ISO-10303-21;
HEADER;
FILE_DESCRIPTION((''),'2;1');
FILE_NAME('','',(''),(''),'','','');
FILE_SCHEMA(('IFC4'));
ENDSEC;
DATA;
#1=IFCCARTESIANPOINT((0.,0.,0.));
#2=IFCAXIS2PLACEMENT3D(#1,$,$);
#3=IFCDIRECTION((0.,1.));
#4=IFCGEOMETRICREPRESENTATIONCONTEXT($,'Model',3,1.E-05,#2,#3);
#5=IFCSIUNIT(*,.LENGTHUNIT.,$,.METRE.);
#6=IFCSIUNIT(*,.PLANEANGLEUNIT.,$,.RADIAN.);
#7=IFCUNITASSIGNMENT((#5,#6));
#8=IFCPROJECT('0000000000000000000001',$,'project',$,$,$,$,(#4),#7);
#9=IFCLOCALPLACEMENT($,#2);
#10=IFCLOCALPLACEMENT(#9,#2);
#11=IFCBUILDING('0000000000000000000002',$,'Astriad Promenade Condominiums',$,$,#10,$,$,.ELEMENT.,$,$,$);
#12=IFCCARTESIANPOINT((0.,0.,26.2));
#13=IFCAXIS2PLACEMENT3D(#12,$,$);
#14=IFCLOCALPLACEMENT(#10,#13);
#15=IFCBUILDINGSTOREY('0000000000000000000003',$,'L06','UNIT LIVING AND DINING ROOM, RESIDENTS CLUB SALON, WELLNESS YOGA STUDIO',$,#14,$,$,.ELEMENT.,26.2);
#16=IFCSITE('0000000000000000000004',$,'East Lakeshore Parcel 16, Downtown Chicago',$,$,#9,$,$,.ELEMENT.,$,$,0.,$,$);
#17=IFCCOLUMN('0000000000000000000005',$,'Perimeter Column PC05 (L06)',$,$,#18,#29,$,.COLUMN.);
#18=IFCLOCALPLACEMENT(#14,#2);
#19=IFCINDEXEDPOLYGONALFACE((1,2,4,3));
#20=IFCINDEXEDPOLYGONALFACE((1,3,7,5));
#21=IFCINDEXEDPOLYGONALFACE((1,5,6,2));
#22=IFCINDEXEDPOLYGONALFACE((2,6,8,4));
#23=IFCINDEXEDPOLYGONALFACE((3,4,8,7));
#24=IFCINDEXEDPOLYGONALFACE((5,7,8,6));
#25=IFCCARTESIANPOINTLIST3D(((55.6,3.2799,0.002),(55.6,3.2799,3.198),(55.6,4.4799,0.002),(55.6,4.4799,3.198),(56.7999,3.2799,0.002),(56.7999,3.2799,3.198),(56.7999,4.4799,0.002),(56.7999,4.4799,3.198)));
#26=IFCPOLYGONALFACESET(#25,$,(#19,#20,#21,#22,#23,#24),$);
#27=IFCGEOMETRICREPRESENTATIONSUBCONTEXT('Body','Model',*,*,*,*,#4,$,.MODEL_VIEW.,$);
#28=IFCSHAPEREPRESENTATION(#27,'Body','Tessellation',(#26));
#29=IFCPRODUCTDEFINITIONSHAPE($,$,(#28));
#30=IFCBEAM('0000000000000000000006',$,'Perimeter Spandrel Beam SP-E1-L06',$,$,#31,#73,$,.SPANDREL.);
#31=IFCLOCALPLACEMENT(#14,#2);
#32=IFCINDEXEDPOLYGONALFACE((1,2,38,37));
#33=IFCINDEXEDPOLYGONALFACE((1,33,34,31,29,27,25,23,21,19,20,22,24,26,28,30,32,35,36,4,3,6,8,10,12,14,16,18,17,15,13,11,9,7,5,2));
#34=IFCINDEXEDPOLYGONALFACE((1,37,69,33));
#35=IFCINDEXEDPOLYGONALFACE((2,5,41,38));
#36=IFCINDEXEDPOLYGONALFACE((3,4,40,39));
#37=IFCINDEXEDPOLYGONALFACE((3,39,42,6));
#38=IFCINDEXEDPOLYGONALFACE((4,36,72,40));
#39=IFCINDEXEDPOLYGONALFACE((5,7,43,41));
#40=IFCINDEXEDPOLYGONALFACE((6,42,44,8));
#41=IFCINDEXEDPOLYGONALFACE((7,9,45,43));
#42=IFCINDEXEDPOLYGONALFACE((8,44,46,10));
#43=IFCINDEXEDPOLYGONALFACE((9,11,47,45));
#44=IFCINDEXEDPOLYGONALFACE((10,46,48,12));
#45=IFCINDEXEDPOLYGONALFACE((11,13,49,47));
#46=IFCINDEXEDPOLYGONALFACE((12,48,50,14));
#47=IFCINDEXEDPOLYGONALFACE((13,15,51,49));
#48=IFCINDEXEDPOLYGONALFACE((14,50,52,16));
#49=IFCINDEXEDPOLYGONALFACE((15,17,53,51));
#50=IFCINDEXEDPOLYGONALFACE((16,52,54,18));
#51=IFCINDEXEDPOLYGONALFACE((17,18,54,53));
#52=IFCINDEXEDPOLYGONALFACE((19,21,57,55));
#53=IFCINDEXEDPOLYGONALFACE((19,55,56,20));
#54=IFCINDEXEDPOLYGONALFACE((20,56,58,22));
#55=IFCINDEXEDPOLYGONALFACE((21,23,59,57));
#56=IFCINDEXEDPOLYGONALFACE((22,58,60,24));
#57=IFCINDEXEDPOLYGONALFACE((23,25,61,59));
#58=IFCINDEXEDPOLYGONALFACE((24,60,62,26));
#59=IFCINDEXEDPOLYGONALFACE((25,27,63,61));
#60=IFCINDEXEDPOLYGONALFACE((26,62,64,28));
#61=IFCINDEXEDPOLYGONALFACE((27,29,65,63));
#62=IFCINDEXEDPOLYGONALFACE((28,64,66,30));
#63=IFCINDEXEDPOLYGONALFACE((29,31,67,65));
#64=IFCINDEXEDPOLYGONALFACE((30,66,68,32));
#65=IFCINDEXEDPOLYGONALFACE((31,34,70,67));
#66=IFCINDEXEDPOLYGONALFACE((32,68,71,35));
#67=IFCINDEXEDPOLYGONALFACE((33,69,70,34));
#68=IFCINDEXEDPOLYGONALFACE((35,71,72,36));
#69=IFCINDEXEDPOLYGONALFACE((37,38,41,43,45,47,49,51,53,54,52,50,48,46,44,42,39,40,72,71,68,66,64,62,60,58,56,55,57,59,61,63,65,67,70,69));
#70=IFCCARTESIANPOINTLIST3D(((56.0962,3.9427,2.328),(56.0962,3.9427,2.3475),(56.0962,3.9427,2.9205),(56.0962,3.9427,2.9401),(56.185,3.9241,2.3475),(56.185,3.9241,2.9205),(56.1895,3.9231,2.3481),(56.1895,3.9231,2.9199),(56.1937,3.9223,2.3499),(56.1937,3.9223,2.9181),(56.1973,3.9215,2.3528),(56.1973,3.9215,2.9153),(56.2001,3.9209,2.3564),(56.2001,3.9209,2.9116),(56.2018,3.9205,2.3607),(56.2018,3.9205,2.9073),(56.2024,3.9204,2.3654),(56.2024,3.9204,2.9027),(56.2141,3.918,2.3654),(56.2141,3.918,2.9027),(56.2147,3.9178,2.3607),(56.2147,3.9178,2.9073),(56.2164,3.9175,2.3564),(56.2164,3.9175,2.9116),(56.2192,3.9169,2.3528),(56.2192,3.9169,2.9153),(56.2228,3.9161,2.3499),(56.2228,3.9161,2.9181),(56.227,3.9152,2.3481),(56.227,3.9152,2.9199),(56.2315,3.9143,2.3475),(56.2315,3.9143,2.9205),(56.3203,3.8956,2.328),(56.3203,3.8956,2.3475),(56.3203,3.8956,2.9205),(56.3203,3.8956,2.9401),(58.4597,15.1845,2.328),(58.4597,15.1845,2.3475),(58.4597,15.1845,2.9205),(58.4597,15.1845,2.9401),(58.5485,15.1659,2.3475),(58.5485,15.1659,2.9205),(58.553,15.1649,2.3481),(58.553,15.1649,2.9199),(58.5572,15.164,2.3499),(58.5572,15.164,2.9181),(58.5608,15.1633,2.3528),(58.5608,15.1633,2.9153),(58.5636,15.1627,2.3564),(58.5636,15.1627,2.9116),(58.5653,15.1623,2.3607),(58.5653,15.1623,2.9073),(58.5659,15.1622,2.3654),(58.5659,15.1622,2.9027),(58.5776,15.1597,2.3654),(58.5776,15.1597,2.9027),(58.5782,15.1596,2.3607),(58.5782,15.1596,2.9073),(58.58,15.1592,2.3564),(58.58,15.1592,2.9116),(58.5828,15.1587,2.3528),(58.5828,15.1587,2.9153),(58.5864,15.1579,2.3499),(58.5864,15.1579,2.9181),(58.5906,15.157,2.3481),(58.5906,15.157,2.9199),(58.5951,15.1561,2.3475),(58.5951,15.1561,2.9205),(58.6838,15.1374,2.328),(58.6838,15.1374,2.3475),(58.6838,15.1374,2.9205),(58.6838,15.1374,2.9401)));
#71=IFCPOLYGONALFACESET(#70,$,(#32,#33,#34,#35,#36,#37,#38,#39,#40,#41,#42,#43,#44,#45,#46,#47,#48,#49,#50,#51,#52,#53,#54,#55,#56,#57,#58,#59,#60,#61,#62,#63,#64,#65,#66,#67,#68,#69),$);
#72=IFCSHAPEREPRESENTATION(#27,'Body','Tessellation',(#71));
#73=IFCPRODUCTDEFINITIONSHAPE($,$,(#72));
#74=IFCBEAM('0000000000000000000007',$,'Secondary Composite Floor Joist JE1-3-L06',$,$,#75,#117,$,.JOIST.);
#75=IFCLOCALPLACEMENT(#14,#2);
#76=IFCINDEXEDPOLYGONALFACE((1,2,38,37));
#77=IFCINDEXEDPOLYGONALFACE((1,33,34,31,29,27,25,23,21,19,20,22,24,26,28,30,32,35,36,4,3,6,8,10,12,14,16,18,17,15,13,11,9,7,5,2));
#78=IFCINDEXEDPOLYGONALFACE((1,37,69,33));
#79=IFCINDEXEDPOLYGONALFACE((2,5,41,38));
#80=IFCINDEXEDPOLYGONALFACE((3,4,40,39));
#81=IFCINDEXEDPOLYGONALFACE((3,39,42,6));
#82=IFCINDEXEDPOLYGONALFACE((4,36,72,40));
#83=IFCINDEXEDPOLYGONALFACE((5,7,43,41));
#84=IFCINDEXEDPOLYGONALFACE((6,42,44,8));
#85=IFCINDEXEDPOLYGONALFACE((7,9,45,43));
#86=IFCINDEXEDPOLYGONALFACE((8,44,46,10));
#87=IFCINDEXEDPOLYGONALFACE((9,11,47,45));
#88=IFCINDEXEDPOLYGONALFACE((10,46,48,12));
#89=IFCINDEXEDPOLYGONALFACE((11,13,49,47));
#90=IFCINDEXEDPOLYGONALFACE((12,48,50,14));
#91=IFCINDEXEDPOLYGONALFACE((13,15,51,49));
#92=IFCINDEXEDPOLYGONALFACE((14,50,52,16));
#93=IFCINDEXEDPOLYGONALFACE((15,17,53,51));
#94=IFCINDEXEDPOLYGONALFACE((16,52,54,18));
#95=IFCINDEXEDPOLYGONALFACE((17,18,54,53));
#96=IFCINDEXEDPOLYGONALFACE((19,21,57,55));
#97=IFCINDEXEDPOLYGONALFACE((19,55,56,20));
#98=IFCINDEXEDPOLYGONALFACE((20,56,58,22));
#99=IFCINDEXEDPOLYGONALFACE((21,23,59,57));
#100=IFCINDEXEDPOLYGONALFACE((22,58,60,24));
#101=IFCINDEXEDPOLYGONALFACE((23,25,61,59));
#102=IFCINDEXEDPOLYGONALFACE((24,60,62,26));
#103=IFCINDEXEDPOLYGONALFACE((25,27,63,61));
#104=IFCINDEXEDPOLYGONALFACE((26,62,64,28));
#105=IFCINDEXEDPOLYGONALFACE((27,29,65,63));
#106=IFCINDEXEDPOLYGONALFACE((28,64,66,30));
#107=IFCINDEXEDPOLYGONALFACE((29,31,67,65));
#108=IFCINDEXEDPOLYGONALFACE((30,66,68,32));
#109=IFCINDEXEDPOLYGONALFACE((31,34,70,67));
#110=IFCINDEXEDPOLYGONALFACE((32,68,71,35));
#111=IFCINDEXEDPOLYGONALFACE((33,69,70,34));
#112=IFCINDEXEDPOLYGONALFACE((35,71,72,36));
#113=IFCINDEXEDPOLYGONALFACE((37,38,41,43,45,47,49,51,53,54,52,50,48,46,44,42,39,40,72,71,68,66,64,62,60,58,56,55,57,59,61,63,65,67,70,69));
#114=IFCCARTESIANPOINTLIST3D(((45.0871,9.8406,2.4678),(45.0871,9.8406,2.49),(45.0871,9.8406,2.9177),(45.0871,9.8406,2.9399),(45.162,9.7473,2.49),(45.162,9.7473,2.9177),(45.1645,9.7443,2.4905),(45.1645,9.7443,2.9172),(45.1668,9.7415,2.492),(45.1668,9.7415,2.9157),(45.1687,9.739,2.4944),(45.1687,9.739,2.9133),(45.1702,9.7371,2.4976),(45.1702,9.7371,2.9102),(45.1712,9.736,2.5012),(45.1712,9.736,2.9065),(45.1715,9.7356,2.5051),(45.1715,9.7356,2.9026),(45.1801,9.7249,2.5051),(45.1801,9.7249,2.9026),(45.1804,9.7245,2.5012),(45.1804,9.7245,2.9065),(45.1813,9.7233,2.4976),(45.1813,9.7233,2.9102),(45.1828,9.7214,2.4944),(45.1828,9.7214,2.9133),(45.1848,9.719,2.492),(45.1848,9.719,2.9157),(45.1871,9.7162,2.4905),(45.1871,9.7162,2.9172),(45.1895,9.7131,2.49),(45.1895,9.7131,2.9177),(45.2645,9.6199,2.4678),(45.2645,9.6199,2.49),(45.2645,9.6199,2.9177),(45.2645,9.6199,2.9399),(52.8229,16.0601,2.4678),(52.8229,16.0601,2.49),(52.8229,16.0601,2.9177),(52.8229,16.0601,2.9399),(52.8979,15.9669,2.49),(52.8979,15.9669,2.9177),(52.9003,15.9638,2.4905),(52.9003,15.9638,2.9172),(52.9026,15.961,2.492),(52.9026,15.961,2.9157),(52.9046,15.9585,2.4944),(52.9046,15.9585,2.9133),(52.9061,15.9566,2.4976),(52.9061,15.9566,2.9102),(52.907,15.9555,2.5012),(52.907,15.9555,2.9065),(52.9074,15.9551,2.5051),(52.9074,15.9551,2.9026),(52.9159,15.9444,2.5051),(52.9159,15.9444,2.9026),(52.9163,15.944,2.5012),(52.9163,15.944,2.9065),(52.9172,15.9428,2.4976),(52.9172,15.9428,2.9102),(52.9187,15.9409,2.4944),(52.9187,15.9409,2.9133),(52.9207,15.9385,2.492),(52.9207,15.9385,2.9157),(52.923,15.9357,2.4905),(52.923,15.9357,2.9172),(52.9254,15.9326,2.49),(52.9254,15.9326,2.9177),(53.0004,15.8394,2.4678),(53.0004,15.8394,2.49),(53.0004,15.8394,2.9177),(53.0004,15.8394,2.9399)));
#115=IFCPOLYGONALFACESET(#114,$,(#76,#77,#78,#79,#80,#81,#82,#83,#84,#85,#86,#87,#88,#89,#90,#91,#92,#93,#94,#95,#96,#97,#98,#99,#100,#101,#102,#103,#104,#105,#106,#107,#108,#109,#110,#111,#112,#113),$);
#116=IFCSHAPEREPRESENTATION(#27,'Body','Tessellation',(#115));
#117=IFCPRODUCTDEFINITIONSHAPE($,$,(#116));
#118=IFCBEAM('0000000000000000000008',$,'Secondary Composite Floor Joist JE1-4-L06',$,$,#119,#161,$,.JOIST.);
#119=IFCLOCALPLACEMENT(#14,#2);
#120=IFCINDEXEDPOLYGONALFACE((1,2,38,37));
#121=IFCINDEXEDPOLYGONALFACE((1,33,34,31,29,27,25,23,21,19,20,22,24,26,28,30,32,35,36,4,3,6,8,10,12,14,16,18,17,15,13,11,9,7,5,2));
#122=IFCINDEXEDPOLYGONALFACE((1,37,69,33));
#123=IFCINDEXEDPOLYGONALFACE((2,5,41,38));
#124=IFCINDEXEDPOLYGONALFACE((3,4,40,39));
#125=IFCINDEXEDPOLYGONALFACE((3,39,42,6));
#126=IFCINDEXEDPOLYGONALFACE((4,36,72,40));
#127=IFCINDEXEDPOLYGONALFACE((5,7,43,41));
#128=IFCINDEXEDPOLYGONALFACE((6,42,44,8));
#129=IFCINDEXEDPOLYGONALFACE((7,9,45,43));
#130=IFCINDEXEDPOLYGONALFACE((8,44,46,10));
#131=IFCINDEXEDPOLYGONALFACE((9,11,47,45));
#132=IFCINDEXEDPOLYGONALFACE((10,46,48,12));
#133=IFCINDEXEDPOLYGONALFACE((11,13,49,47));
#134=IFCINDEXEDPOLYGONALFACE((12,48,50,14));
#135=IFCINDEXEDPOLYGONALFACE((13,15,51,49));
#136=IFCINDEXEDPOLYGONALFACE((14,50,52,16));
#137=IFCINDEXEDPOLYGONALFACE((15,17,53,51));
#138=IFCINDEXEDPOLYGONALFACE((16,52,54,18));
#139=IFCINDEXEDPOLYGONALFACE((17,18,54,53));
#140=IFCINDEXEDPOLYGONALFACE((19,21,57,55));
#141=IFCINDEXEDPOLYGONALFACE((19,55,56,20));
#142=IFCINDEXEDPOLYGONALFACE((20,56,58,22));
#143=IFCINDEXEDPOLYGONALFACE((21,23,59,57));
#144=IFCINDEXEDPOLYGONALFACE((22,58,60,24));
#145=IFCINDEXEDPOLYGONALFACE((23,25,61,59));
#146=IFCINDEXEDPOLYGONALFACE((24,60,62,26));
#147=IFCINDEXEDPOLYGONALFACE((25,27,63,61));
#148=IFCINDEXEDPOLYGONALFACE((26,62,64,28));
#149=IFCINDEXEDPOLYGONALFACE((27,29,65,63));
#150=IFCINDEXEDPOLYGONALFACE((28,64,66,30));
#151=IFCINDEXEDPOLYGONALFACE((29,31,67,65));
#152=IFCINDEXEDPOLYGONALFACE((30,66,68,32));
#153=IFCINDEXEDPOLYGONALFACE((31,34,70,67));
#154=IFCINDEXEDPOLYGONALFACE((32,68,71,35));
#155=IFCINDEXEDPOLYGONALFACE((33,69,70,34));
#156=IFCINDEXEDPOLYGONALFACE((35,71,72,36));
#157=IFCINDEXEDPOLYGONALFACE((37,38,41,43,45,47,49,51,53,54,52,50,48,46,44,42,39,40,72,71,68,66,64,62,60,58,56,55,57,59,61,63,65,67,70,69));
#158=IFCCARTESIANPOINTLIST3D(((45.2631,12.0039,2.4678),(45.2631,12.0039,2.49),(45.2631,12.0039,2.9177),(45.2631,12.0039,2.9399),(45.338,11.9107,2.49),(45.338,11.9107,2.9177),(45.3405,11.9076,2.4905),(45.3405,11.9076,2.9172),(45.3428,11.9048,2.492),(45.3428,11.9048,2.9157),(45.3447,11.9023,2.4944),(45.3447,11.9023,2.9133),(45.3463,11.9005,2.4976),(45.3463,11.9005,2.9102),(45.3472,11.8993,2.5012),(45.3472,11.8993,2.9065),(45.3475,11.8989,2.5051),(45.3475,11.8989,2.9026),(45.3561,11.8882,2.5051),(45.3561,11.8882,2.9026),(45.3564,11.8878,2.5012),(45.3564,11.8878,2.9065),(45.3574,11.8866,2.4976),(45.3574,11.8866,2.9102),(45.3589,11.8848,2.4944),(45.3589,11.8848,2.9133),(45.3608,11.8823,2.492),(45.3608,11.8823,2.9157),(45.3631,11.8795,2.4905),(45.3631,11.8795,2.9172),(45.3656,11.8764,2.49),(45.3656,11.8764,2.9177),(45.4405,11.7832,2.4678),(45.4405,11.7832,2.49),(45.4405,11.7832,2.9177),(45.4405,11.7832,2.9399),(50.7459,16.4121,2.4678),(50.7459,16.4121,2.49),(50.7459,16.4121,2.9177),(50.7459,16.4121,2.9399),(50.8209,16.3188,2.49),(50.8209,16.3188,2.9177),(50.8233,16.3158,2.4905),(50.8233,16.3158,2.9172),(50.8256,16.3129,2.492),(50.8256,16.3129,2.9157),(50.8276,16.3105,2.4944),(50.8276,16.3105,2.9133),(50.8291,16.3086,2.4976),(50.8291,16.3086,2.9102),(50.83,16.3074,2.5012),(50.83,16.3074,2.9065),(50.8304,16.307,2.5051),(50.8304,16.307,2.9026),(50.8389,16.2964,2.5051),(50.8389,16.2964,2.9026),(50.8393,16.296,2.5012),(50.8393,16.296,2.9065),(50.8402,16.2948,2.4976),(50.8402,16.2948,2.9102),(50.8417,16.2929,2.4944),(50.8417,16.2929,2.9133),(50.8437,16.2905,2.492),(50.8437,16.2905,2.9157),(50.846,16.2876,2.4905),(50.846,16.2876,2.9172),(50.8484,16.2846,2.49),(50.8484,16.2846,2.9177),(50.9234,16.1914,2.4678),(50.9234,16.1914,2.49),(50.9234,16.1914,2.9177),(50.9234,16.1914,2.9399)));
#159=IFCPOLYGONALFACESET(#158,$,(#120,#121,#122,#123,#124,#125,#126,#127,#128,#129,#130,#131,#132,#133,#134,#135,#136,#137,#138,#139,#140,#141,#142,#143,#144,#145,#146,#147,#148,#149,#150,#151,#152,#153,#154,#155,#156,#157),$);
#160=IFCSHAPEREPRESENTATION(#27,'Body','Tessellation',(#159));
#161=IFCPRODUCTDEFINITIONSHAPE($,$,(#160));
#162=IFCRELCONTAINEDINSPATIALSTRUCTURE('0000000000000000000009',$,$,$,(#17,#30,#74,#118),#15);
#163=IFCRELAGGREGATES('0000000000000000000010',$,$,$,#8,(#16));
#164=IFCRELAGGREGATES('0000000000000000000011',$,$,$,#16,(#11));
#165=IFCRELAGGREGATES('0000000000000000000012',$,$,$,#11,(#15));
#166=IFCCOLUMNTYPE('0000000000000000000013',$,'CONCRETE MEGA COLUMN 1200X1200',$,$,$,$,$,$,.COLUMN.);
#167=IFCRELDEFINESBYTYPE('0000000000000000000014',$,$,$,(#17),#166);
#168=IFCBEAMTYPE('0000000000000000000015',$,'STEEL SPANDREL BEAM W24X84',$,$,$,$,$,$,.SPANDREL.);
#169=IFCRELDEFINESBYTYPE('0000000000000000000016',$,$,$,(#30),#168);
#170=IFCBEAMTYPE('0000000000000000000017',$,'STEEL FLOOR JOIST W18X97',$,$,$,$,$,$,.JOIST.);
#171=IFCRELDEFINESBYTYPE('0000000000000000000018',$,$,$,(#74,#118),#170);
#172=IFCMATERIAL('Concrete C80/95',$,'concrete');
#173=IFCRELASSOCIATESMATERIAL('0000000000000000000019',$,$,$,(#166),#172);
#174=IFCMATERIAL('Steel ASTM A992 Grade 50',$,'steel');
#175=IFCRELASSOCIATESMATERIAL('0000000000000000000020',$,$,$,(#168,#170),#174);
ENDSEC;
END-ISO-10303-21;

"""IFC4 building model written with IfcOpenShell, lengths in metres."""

from ifc_helpers import new_model, si_unit, direction, frame, origin, origin_2d, place, context, subcontext, project, spatial, rectangle, i_section, extrude, source, transform, mapped, material, material_profile, profile_set, type_object, type_shapes, element, save


model = new_model("IFC4")

# Units and contexts
model_context = context("Model", 3, precision=1e-05, world=origin(), true_north=direction((0.0, 1.0)))
body_context = subcontext(model_context, "Body", "Model", "MODEL_VIEW")
ifc_project = project(units=[si_unit("LENGTHUNIT", "METRE"), si_unit("PLANEANGLEUNIT", "RADIAN")], contexts=[model_context])

# Site, building, storey
site_placement = place(None, origin())
site = spatial("IfcSite", under=ifc_project, at=site_placement, Name="East Lakeshore Parcel 16, Downtown Chicago", CompositionType="ELEMENT", RefElevation=0.0)
building_placement = place(site_placement, origin())
building = spatial("IfcBuilding", under=site, at=building_placement, Name="Astriad Promenade Condominiums", CompositionType="ELEMENT")
storey_placement = place(building_placement, frame((0.0, 0.0, 26.2)))
storey = spatial("IfcBuildingStorey", under=building, at=storey_placement, Name="L06", Description="UNIT LIVING AND DINING ROOM, RESIDENTS CLUB SALON, WELLNESS YOGA STUDIO", CompositionType="ELEMENT", Elevation=26.2)

# Column
ifc_material_1 = material(Name="Concrete C80/95", Category="concrete")
ifc_material_profile_1 = material_profile(ifc_material_1, rectangle(XDim=1.2, YDim=1.2, at=origin_2d()), Name="RC-COL-1200X1200")
ifc_profile_set_1 = profile_set([ifc_material_profile_1], Name="Concrete C80/95")
column_type = type_object("IfcColumnType", Name="CONCRETE MEGA COLUMN 1200X1200", PredefinedType="COLUMN", material=ifc_profile_set_1)
shared_shape_1 = source(origin(), body_context, "Body", "SweptSolid", [
    extrude(rectangle(XDim=1.2, YDim=1.2, at=origin_2d()), origin(), (0.0, 0.0, 1.0), 3.196),
])
type_shapes(column_type, [shared_shape_1])
column_placement = place(storey_placement, frame((56.2, 3.8799, 0.002), z_axis=(0.0, 0.0, 1.0), x_axis=(1.0, 0.0, 0.0)))
element("IfcColumn", 1, at=column_placement, inside=storey, type_object=column_type, Name="Perimeter Column PC05 (L06)", PredefinedType="COLUMN", context=body_context, shape_type="MappedRepresentation", body=[
    mapped(shared_shape_1, transform((0.0, 0.0, 0.0), scale=1.0)),
])

# Beams
ifc_material_2 = material(Name="Steel ASTM A992 Grade 50", Category="steel")
ifc_material_profile_2 = material_profile(ifc_material_2, i_section(OverallWidth=0.229, OverallDepth=0.6121, WebThickness=0.012, FlangeThickness=0.0195, FilletRadius=0.0178, at=origin_2d()), Name="W24X84")
ifc_profile_set_2 = profile_set([ifc_material_profile_2], Name="Steel ASTM A992 Grade 50")
beam_type_1 = type_object("IfcBeamType", Name="STEEL SPANDREL BEAM W24X84", PredefinedType="SPANDREL", material=ifc_profile_set_2)
shared_shape_2 = source(origin(), body_context, "Body", "SweptSolid", [
    extrude(i_section(OverallWidth=0.229, OverallDepth=0.6121, WebThickness=0.012, FlangeThickness=0.0195, FilletRadius=0.0178, at=origin_2d()), origin(), (0.0, 0.0, 1.0), 11.4875),
])
type_shapes(beam_type_1, [shared_shape_2])
beam_1_placement = place(storey_placement, frame((56.2083, 3.9192, 2.634), z_axis=(0.205748, 0.978605, 0.0), x_axis=(-0.978605, 0.205748, 0.0)))
element("IfcBeam", 2, at=beam_1_placement, inside=storey, type_object=beam_type_1, Name="Perimeter Spandrel Beam SP-E1-L06", PredefinedType="SPANDREL", context=body_context, shape_type="MappedRepresentation", body=[
    mapped(shared_shape_2, transform((0.0, 0.0, 0.0), scale=1.0)),
])
ifc_material_profile_3 = material_profile(ifc_material_2, i_section(OverallWidth=0.2832, OverallDepth=0.4722, WebThickness=0.0137, FlangeThickness=0.0222, FilletRadius=0.0151, at=origin_2d()), Name="W18X97")
ifc_profile_set_3 = profile_set([ifc_material_profile_3], Name="Steel ASTM A992 Grade 50")
beam_type_2 = type_object("IfcBeamType", Name="STEEL FLOOR JOIST W18X97", PredefinedType="JOIST", material=ifc_profile_set_3)
shared_shape_3 = source(origin(), body_context, "Body", "SweptSolid", [
    extrude(i_section(OverallWidth=0.2832, OverallDepth=0.4722, WebThickness=0.0137, FlangeThickness=0.0222, FilletRadius=0.0151, at=origin_2d()), origin(), (0.0, 0.0, 1.0), 9.926),
])
beam_2_placement = place(storey_placement, frame((45.1758, 9.7302, 2.7039), z_axis=(0.779352, 0.626586, 0.0), x_axis=(-0.626586, 0.779352, 0.0)))
element("IfcBeam", 3, at=beam_2_placement, inside=storey, type_object=beam_type_2, Name="Secondary Composite Floor Joist JE1-3-L06", PredefinedType="JOIST", context=body_context, shape_type="MappedRepresentation", body=[
    mapped(shared_shape_3, transform((0.0, 0.0, 0.0), scale=1.0)),
])
shared_shape_4 = source(origin(), body_context, "Body", "SweptSolid", [
    extrude(i_section(OverallWidth=0.2832, OverallDepth=0.4722, WebThickness=0.0137, FlangeThickness=0.0222, FilletRadius=0.0151, at=origin_2d()), origin(), (0.0, 0.0, 1.0), 7.0352),
])
beam_3_placement = place(storey_placement, frame((45.3518, 11.8936, 2.7039), z_axis=(0.77935, 0.626589, 0.0), x_axis=(-0.626589, 0.77935, 0.0)))
element("IfcBeam", 4, at=beam_3_placement, inside=storey, type_object=beam_type_2, Name="Secondary Composite Floor Joist JE1-4-L06", PredefinedType="JOIST", context=body_context, shape_type="MappedRepresentation", body=[
    mapped(shared_shape_4, transform((0.0, 0.0, 0.0), scale=1.0)),
])

save(model, "model.ifc")
